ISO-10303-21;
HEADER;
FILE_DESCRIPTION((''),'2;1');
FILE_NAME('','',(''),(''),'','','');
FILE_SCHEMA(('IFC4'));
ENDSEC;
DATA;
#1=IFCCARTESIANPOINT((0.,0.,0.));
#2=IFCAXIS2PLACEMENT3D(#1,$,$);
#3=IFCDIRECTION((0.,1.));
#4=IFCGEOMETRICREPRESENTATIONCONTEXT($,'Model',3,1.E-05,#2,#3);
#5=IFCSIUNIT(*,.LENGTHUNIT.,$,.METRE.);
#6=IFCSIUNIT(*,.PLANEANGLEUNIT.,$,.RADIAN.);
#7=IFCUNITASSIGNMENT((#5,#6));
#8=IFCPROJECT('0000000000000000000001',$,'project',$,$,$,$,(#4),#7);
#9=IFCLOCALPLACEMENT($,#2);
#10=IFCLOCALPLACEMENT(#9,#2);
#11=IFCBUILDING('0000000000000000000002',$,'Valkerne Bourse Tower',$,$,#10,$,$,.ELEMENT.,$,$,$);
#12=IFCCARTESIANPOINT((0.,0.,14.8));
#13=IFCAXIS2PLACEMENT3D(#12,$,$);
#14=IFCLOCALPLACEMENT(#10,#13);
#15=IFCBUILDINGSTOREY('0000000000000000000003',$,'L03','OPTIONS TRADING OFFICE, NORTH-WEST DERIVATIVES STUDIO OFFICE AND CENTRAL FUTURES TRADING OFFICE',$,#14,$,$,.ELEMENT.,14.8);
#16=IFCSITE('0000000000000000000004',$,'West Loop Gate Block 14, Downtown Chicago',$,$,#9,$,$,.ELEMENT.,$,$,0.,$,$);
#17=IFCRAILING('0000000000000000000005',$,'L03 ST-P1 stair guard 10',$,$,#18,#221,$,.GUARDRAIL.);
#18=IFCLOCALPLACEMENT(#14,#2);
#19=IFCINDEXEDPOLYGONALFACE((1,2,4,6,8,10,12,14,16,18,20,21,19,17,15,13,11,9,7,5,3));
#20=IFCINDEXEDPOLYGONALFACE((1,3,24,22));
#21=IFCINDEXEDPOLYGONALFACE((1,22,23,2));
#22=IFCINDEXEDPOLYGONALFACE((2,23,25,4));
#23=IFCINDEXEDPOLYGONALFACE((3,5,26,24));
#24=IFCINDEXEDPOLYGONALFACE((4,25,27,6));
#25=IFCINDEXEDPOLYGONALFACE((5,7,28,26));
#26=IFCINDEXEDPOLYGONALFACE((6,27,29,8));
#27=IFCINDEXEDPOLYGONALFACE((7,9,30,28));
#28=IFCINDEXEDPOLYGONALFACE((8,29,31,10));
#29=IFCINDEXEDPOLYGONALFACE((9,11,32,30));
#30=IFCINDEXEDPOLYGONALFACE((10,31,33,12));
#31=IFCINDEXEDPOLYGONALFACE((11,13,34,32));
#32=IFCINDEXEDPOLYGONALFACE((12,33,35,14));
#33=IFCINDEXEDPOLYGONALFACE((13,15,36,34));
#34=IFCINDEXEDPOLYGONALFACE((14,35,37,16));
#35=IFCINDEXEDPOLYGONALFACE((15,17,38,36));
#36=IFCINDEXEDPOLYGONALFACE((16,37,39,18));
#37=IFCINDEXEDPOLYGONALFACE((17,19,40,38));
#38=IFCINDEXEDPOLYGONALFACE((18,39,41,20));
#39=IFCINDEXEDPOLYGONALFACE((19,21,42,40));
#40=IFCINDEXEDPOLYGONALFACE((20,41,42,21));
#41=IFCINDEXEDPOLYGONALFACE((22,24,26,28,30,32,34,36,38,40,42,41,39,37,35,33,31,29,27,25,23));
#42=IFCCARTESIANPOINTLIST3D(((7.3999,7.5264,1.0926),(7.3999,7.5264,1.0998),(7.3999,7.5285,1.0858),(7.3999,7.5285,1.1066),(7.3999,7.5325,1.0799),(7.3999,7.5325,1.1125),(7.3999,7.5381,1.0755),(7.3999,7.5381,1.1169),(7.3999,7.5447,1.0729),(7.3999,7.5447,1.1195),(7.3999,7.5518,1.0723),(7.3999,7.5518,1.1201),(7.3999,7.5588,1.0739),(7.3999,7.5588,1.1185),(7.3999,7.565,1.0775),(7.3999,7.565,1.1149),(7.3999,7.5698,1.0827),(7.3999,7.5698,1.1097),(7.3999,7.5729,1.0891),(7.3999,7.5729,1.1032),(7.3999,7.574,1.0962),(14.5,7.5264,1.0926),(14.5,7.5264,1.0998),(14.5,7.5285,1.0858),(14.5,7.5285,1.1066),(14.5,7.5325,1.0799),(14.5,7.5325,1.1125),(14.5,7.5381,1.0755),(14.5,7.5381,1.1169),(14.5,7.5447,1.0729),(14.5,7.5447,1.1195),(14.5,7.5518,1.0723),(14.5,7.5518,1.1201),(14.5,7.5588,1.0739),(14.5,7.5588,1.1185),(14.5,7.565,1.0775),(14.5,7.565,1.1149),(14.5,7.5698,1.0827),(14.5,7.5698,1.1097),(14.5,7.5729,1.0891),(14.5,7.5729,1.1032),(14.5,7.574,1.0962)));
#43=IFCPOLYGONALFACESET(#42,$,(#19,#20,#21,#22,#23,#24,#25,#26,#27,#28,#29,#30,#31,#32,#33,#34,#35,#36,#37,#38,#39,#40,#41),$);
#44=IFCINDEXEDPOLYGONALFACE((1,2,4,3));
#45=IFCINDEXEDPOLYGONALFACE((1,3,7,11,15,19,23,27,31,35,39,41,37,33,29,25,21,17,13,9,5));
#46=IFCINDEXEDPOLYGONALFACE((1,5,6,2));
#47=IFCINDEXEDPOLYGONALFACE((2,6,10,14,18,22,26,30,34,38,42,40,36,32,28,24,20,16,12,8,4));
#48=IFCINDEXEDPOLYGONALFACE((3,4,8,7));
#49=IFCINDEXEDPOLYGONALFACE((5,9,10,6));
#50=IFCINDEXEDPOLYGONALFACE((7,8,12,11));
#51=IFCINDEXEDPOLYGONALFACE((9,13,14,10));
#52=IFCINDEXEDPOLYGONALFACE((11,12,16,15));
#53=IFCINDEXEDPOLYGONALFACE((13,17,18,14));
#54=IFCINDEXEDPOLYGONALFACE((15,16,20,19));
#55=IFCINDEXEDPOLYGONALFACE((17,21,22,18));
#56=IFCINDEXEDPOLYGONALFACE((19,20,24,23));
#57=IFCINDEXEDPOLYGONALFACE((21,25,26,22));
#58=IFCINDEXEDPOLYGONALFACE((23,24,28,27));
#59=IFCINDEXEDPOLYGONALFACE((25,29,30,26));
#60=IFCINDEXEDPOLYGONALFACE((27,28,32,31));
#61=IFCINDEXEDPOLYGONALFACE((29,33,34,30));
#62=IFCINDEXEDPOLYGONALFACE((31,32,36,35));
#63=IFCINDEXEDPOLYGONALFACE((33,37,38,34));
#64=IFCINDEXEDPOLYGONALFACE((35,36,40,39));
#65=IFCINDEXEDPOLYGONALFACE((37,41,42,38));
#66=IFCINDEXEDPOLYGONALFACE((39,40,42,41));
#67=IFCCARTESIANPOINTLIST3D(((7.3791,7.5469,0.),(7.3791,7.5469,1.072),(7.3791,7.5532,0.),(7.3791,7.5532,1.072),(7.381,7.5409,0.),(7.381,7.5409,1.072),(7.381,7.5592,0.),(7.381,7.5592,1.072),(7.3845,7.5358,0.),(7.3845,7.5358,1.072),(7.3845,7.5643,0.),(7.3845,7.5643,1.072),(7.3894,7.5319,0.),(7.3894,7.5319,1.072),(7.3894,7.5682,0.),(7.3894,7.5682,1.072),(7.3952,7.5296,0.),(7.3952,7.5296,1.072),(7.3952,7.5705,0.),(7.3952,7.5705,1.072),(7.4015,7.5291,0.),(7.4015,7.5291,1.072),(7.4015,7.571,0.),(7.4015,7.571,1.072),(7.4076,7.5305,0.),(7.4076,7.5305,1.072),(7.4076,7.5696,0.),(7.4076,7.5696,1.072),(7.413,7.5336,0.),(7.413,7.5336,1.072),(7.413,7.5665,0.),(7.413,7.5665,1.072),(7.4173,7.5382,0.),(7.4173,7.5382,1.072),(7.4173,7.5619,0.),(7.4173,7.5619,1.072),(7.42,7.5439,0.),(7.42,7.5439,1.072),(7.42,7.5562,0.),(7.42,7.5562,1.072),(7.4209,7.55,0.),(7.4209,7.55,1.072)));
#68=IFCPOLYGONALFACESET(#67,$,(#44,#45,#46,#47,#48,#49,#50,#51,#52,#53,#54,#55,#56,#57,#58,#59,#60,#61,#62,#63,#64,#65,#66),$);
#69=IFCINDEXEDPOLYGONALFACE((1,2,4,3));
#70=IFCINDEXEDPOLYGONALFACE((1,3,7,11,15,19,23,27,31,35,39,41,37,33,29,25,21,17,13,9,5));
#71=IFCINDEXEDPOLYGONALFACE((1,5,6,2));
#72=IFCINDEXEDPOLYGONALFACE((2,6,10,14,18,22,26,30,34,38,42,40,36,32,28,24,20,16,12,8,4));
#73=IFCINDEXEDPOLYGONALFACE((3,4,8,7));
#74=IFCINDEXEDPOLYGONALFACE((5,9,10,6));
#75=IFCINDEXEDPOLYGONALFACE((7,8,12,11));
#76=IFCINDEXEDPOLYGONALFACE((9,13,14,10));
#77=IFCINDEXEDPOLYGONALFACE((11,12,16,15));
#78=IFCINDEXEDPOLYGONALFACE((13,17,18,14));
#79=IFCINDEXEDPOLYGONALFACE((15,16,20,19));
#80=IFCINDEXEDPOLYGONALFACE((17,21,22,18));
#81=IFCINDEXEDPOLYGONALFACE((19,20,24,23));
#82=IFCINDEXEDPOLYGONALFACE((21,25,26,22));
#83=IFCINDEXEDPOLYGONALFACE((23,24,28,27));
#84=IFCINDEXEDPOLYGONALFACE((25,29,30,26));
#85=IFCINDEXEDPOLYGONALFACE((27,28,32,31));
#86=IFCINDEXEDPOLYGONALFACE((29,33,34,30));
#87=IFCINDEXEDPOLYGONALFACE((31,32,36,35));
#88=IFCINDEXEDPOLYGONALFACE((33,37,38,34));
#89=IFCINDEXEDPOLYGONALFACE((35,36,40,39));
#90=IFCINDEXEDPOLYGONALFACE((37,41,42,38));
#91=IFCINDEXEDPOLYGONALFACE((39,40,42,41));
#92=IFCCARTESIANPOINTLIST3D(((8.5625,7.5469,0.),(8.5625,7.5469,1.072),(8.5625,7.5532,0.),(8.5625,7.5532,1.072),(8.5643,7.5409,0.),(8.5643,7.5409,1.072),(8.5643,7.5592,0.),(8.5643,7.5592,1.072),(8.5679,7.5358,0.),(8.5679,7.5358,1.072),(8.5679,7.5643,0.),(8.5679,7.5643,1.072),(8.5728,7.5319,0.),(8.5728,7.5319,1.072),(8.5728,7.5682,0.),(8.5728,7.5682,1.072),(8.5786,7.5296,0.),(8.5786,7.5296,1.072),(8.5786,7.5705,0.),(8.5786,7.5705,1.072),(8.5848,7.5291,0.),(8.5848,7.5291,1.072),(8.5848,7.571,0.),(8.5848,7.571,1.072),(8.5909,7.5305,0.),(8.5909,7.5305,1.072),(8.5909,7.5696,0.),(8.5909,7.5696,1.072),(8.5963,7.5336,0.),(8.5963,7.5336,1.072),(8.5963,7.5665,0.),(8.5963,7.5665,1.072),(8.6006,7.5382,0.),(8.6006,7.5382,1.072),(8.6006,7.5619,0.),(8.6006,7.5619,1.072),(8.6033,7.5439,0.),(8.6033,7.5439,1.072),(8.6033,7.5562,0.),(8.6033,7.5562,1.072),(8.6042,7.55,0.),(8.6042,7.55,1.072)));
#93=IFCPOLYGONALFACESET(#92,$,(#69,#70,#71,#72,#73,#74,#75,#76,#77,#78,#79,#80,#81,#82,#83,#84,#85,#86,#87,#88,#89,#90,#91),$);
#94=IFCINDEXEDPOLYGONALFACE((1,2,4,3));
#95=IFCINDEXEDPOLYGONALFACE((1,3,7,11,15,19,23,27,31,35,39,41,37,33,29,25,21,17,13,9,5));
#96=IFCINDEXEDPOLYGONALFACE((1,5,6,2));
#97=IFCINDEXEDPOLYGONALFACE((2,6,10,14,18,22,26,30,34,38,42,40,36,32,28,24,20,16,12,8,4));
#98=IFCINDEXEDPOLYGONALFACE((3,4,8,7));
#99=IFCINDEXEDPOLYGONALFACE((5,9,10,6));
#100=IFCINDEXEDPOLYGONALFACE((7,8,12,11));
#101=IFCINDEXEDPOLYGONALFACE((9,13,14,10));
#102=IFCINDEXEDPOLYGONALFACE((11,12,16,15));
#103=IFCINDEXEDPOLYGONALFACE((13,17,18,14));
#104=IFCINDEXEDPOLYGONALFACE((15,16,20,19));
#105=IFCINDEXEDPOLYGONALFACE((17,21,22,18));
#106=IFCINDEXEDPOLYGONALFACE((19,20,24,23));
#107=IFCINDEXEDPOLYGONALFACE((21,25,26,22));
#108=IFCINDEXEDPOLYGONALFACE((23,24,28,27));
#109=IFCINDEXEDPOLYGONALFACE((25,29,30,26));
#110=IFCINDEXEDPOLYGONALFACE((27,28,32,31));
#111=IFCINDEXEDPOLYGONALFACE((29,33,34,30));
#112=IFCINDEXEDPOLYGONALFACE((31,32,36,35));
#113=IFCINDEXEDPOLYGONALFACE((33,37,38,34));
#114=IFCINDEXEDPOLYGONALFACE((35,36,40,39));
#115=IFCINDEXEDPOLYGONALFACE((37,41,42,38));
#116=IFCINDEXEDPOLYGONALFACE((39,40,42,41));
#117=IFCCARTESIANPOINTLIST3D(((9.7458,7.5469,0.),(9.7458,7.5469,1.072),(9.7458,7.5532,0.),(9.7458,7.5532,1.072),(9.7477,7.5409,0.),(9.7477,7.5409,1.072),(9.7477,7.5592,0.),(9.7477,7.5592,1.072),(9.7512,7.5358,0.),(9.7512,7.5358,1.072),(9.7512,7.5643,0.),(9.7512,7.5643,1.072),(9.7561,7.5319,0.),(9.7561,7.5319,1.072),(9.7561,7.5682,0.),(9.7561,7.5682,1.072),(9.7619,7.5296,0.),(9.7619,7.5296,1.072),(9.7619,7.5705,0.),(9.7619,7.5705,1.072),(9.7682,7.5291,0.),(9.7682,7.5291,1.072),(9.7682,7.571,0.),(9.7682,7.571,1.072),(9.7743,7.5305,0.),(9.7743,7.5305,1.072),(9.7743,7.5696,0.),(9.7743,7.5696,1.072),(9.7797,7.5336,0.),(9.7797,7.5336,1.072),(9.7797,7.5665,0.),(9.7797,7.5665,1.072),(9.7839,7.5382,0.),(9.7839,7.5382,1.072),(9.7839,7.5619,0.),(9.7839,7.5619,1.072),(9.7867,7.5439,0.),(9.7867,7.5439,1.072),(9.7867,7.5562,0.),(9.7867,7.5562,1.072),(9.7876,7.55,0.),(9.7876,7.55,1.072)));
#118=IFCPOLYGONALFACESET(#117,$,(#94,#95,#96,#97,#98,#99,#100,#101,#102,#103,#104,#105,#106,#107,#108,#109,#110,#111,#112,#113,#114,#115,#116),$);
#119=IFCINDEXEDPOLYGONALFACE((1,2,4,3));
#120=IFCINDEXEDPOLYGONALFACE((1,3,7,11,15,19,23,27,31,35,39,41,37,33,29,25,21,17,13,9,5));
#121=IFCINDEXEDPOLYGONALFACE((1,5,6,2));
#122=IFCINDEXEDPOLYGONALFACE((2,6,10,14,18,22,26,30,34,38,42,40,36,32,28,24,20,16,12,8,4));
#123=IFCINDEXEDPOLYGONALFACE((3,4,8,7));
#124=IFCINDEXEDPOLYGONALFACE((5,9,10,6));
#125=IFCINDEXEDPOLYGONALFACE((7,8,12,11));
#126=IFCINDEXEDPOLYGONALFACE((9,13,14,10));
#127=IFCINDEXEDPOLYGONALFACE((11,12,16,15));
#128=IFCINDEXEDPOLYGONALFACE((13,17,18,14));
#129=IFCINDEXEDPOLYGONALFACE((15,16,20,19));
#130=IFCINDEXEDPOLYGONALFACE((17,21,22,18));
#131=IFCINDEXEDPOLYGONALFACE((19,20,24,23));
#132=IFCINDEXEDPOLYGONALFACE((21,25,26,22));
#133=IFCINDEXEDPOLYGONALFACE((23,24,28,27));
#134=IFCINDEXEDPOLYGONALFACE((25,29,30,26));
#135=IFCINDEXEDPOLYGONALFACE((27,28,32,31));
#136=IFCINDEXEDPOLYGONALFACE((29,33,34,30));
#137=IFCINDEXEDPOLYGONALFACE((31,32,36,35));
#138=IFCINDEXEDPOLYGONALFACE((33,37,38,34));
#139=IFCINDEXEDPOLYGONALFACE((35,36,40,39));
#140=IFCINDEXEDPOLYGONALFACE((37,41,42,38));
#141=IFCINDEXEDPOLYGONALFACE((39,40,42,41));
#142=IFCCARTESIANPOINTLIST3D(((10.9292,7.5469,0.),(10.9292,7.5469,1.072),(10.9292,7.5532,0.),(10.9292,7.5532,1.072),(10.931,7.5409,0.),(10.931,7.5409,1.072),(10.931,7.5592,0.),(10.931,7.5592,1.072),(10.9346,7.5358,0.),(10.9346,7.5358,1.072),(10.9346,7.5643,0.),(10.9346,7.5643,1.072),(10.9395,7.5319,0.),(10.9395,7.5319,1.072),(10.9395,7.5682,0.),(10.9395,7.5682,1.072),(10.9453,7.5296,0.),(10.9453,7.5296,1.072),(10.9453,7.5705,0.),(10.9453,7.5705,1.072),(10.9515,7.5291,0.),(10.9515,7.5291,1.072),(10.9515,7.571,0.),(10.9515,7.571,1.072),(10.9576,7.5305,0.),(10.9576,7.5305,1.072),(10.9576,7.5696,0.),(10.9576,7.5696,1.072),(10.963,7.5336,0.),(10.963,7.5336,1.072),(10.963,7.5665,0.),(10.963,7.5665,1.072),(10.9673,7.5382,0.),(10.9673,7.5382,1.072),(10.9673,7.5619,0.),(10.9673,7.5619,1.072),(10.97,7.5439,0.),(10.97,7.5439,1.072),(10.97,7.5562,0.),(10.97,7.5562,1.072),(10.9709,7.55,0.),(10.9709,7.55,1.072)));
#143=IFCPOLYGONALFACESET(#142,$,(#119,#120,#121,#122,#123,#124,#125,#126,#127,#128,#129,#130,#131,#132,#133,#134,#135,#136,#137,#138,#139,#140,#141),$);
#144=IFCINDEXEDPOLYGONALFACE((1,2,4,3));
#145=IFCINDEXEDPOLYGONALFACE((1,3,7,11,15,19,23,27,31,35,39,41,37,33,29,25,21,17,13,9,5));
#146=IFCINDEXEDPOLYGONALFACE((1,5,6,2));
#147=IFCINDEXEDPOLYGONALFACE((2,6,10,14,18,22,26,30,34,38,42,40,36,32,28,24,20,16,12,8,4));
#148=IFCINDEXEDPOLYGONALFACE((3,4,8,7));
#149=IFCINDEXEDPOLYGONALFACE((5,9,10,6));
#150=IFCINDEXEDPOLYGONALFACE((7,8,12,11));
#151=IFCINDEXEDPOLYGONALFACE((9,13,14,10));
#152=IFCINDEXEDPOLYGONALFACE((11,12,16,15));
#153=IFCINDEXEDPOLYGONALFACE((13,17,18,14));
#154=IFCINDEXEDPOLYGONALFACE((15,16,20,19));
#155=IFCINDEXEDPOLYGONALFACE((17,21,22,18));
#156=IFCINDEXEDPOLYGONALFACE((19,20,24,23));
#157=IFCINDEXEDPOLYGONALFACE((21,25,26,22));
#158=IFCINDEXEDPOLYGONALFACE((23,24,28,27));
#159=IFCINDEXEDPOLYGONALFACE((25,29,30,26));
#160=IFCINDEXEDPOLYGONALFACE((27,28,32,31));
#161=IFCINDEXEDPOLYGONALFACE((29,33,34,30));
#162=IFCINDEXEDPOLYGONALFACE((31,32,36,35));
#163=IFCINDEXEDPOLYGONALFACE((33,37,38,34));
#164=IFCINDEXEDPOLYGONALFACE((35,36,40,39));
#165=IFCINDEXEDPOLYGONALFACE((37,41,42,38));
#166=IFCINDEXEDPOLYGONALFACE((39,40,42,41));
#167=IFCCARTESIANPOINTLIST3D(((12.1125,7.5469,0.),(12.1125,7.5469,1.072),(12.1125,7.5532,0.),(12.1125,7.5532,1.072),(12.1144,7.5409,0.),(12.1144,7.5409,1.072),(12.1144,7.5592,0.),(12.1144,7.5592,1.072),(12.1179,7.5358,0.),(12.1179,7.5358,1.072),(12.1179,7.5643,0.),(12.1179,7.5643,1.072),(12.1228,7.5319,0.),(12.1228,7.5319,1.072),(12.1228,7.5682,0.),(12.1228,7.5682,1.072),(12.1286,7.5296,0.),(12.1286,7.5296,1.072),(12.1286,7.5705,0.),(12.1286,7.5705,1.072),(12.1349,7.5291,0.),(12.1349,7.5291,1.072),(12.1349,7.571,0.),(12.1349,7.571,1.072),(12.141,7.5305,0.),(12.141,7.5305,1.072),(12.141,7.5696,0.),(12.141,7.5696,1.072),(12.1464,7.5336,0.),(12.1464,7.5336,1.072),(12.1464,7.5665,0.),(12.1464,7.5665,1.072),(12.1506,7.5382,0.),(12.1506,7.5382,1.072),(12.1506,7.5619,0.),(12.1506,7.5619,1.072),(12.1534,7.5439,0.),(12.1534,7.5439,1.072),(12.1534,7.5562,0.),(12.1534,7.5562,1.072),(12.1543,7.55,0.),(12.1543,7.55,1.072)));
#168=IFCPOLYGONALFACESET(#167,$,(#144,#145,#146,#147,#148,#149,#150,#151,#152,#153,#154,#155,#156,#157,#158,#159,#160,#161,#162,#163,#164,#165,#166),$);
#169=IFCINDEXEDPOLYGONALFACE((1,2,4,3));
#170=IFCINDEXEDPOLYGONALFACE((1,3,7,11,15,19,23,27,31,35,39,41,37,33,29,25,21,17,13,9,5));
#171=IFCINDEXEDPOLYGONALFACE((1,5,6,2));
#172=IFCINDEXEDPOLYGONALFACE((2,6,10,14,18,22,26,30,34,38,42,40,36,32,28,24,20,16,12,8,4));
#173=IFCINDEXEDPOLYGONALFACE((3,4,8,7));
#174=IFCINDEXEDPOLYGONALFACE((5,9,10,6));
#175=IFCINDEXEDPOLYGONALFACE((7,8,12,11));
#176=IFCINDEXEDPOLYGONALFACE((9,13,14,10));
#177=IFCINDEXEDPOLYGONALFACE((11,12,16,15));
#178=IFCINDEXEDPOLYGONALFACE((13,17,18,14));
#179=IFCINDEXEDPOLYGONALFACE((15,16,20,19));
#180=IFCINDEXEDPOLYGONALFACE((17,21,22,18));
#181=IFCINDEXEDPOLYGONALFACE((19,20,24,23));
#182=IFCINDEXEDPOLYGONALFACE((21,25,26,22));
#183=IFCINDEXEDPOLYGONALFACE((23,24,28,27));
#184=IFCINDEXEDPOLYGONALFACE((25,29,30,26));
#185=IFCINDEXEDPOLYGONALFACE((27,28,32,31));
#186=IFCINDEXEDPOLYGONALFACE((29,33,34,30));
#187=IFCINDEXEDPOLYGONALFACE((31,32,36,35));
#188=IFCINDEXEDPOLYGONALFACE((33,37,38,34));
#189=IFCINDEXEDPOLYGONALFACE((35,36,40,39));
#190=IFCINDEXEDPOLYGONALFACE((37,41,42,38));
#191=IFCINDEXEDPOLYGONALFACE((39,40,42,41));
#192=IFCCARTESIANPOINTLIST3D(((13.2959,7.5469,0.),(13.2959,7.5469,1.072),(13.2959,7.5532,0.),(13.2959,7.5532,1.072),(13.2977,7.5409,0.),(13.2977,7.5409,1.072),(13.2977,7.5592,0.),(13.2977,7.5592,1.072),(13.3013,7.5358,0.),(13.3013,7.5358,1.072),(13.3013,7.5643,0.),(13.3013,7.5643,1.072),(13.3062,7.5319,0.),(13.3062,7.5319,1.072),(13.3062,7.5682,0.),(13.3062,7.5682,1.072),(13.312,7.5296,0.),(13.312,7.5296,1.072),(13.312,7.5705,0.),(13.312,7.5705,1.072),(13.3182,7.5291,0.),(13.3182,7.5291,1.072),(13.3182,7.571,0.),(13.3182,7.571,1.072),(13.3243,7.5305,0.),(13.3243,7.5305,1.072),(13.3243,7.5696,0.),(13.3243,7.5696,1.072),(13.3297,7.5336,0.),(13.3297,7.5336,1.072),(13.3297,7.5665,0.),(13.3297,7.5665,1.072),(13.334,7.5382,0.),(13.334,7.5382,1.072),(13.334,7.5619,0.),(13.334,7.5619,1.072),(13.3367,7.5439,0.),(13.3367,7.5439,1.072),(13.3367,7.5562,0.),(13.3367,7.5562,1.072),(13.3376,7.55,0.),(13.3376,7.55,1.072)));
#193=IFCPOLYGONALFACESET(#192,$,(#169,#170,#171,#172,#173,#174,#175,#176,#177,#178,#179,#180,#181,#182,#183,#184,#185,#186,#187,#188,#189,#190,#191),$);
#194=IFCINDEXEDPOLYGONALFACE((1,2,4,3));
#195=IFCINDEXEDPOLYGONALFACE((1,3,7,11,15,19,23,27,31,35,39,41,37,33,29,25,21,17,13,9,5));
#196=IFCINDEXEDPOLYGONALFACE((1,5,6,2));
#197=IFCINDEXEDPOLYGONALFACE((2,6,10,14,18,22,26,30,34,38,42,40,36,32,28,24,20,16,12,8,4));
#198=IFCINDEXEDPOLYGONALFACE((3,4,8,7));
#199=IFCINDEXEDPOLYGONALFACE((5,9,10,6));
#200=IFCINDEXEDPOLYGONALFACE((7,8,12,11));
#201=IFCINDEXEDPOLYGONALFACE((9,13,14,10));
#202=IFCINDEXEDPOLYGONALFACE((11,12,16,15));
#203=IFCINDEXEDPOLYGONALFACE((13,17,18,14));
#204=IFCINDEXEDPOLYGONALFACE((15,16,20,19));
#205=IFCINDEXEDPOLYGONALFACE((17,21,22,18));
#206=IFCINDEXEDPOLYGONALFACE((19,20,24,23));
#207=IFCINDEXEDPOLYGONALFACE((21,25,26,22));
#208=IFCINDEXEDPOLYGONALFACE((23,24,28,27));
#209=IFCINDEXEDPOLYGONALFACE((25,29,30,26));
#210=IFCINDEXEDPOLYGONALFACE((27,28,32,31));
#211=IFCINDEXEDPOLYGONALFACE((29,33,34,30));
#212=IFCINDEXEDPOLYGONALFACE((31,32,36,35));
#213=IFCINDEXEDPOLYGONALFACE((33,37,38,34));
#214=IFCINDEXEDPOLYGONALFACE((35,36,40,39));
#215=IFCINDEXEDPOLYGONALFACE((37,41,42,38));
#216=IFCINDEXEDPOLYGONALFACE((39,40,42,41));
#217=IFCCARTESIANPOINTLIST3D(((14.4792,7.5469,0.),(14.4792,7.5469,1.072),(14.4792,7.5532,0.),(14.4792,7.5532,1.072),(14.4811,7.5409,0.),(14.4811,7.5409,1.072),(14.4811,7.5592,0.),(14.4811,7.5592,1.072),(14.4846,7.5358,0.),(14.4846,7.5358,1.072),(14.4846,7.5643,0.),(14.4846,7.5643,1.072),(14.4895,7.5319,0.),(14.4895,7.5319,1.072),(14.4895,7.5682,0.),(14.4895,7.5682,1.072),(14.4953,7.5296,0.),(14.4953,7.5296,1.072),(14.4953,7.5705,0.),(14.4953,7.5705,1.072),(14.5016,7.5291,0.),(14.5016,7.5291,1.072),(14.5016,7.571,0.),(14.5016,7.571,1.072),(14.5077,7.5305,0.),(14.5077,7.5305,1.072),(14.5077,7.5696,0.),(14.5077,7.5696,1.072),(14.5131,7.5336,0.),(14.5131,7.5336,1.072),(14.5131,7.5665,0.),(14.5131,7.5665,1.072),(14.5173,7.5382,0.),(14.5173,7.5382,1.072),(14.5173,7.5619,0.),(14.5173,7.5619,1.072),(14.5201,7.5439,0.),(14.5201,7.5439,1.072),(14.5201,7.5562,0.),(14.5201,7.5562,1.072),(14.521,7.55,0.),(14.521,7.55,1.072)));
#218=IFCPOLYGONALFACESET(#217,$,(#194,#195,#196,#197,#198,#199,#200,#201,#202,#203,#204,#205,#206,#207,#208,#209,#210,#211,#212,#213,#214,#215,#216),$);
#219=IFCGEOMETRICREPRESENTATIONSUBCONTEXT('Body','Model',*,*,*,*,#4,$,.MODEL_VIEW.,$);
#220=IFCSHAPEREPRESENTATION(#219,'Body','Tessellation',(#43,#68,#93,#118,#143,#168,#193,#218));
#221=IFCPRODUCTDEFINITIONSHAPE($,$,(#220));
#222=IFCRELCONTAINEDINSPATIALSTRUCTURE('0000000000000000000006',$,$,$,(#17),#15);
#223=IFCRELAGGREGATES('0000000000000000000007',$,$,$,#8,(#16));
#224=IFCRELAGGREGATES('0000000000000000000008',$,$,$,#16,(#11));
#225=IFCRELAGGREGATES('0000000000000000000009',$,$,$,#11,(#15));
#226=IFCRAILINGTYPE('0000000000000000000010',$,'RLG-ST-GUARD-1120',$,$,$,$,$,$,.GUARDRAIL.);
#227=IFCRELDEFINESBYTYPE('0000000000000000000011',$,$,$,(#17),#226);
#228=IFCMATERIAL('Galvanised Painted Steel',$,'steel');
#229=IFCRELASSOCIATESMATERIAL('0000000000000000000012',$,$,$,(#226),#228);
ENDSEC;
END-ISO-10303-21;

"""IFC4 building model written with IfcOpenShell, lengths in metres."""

from ifc_helpers import new_model, si_unit, direction, frame, origin, origin_2d, place, context, subcontext, project, spatial, circle, extrude, material, type_object, element, save


model = new_model("IFC4")

# Units and contexts
model_context = context("Model", 3, precision=1e-05, world=origin(), true_north=direction((0.0, 1.0)))
body_context = subcontext(model_context, "Body", "Model", "MODEL_VIEW")
ifc_project = project(units=[si_unit("LENGTHUNIT", "METRE"), si_unit("PLANEANGLEUNIT", "RADIAN")], contexts=[model_context])

# Site, building, storey
site_placement = place(None, origin())
site = spatial("IfcSite", under=ifc_project, at=site_placement, Name="West Loop Gate Block 14, Downtown Chicago", CompositionType="ELEMENT", RefElevation=0.0)
building_placement = place(site_placement, origin())
building = spatial("IfcBuilding", under=site, at=building_placement, Name="Valkerne Bourse Tower", CompositionType="ELEMENT")
storey_placement = place(building_placement, frame((0.0, 0.0, 14.8)))
storey = spatial("IfcBuildingStorey", under=building, at=storey_placement, Name="L03", Description="OPTIONS TRADING OFFICE, NORTH-WEST DERIVATIVES STUDIO OFFICE AND CENTRAL FUTURES TRADING OFFICE", CompositionType="ELEMENT", Elevation=14.8)

# Railing
ifc_material_1 = material(Name="Galvanised Painted Steel", Category="steel")
railing_type_1 = type_object("IfcRailingType", Name="RLG-ST-GUARD-1120", PredefinedType="GUARDRAIL", material=ifc_material_1)
railing_1_placement = place(storey_placement, frame((7.3999, 7.55, 0.0)))
element("IfcRailing", 1, at=railing_1_placement, inside=storey, type_object=railing_type_1, Name="L03 ST-P1 stair guard 10", PredefinedType="GUARDRAIL", context=body_context, shape_type="SweptSolid", body=[
    extrude(circle(Radius=0.0239, at=origin_2d()), frame((0.0, 0.0, 1.0962), z_axis=(1.0, 0.0, 0.0), x_axis=(0.0, 1.0, 0.0)), (0.0, 0.0, 1.0), 7.1001),
    extrude(circle(Radius=0.021, at=origin_2d()), origin(), (0.0, 0.0, 1.0), 1.072),
    extrude(circle(Radius=0.021, at=origin_2d()), frame((1.1833, 0.0, 0.0)), (0.0, 0.0, 1.0), 1.072),
    extrude(circle(Radius=0.021, at=origin_2d()), frame((2.3667, 0.0, 0.0)), (0.0, 0.0, 1.0), 1.072),
    extrude(circle(Radius=0.021, at=origin_2d()), frame((3.55, 0.0, 0.0)), (0.0, 0.0, 1.0), 1.072),
    extrude(circle(Radius=0.021, at=origin_2d()), frame((4.7334, 0.0, 0.0)), (0.0, 0.0, 1.0), 1.072),
    extrude(circle(Radius=0.021, at=origin_2d()), frame((5.9167, 0.0, 0.0)), (0.0, 0.0, 1.0), 1.072),
    extrude(circle(Radius=0.021, at=origin_2d()), frame((7.1001, 0.0, 0.0)), (0.0, 0.0, 1.0), 1.072),
])

save(model, "model.ifc")
